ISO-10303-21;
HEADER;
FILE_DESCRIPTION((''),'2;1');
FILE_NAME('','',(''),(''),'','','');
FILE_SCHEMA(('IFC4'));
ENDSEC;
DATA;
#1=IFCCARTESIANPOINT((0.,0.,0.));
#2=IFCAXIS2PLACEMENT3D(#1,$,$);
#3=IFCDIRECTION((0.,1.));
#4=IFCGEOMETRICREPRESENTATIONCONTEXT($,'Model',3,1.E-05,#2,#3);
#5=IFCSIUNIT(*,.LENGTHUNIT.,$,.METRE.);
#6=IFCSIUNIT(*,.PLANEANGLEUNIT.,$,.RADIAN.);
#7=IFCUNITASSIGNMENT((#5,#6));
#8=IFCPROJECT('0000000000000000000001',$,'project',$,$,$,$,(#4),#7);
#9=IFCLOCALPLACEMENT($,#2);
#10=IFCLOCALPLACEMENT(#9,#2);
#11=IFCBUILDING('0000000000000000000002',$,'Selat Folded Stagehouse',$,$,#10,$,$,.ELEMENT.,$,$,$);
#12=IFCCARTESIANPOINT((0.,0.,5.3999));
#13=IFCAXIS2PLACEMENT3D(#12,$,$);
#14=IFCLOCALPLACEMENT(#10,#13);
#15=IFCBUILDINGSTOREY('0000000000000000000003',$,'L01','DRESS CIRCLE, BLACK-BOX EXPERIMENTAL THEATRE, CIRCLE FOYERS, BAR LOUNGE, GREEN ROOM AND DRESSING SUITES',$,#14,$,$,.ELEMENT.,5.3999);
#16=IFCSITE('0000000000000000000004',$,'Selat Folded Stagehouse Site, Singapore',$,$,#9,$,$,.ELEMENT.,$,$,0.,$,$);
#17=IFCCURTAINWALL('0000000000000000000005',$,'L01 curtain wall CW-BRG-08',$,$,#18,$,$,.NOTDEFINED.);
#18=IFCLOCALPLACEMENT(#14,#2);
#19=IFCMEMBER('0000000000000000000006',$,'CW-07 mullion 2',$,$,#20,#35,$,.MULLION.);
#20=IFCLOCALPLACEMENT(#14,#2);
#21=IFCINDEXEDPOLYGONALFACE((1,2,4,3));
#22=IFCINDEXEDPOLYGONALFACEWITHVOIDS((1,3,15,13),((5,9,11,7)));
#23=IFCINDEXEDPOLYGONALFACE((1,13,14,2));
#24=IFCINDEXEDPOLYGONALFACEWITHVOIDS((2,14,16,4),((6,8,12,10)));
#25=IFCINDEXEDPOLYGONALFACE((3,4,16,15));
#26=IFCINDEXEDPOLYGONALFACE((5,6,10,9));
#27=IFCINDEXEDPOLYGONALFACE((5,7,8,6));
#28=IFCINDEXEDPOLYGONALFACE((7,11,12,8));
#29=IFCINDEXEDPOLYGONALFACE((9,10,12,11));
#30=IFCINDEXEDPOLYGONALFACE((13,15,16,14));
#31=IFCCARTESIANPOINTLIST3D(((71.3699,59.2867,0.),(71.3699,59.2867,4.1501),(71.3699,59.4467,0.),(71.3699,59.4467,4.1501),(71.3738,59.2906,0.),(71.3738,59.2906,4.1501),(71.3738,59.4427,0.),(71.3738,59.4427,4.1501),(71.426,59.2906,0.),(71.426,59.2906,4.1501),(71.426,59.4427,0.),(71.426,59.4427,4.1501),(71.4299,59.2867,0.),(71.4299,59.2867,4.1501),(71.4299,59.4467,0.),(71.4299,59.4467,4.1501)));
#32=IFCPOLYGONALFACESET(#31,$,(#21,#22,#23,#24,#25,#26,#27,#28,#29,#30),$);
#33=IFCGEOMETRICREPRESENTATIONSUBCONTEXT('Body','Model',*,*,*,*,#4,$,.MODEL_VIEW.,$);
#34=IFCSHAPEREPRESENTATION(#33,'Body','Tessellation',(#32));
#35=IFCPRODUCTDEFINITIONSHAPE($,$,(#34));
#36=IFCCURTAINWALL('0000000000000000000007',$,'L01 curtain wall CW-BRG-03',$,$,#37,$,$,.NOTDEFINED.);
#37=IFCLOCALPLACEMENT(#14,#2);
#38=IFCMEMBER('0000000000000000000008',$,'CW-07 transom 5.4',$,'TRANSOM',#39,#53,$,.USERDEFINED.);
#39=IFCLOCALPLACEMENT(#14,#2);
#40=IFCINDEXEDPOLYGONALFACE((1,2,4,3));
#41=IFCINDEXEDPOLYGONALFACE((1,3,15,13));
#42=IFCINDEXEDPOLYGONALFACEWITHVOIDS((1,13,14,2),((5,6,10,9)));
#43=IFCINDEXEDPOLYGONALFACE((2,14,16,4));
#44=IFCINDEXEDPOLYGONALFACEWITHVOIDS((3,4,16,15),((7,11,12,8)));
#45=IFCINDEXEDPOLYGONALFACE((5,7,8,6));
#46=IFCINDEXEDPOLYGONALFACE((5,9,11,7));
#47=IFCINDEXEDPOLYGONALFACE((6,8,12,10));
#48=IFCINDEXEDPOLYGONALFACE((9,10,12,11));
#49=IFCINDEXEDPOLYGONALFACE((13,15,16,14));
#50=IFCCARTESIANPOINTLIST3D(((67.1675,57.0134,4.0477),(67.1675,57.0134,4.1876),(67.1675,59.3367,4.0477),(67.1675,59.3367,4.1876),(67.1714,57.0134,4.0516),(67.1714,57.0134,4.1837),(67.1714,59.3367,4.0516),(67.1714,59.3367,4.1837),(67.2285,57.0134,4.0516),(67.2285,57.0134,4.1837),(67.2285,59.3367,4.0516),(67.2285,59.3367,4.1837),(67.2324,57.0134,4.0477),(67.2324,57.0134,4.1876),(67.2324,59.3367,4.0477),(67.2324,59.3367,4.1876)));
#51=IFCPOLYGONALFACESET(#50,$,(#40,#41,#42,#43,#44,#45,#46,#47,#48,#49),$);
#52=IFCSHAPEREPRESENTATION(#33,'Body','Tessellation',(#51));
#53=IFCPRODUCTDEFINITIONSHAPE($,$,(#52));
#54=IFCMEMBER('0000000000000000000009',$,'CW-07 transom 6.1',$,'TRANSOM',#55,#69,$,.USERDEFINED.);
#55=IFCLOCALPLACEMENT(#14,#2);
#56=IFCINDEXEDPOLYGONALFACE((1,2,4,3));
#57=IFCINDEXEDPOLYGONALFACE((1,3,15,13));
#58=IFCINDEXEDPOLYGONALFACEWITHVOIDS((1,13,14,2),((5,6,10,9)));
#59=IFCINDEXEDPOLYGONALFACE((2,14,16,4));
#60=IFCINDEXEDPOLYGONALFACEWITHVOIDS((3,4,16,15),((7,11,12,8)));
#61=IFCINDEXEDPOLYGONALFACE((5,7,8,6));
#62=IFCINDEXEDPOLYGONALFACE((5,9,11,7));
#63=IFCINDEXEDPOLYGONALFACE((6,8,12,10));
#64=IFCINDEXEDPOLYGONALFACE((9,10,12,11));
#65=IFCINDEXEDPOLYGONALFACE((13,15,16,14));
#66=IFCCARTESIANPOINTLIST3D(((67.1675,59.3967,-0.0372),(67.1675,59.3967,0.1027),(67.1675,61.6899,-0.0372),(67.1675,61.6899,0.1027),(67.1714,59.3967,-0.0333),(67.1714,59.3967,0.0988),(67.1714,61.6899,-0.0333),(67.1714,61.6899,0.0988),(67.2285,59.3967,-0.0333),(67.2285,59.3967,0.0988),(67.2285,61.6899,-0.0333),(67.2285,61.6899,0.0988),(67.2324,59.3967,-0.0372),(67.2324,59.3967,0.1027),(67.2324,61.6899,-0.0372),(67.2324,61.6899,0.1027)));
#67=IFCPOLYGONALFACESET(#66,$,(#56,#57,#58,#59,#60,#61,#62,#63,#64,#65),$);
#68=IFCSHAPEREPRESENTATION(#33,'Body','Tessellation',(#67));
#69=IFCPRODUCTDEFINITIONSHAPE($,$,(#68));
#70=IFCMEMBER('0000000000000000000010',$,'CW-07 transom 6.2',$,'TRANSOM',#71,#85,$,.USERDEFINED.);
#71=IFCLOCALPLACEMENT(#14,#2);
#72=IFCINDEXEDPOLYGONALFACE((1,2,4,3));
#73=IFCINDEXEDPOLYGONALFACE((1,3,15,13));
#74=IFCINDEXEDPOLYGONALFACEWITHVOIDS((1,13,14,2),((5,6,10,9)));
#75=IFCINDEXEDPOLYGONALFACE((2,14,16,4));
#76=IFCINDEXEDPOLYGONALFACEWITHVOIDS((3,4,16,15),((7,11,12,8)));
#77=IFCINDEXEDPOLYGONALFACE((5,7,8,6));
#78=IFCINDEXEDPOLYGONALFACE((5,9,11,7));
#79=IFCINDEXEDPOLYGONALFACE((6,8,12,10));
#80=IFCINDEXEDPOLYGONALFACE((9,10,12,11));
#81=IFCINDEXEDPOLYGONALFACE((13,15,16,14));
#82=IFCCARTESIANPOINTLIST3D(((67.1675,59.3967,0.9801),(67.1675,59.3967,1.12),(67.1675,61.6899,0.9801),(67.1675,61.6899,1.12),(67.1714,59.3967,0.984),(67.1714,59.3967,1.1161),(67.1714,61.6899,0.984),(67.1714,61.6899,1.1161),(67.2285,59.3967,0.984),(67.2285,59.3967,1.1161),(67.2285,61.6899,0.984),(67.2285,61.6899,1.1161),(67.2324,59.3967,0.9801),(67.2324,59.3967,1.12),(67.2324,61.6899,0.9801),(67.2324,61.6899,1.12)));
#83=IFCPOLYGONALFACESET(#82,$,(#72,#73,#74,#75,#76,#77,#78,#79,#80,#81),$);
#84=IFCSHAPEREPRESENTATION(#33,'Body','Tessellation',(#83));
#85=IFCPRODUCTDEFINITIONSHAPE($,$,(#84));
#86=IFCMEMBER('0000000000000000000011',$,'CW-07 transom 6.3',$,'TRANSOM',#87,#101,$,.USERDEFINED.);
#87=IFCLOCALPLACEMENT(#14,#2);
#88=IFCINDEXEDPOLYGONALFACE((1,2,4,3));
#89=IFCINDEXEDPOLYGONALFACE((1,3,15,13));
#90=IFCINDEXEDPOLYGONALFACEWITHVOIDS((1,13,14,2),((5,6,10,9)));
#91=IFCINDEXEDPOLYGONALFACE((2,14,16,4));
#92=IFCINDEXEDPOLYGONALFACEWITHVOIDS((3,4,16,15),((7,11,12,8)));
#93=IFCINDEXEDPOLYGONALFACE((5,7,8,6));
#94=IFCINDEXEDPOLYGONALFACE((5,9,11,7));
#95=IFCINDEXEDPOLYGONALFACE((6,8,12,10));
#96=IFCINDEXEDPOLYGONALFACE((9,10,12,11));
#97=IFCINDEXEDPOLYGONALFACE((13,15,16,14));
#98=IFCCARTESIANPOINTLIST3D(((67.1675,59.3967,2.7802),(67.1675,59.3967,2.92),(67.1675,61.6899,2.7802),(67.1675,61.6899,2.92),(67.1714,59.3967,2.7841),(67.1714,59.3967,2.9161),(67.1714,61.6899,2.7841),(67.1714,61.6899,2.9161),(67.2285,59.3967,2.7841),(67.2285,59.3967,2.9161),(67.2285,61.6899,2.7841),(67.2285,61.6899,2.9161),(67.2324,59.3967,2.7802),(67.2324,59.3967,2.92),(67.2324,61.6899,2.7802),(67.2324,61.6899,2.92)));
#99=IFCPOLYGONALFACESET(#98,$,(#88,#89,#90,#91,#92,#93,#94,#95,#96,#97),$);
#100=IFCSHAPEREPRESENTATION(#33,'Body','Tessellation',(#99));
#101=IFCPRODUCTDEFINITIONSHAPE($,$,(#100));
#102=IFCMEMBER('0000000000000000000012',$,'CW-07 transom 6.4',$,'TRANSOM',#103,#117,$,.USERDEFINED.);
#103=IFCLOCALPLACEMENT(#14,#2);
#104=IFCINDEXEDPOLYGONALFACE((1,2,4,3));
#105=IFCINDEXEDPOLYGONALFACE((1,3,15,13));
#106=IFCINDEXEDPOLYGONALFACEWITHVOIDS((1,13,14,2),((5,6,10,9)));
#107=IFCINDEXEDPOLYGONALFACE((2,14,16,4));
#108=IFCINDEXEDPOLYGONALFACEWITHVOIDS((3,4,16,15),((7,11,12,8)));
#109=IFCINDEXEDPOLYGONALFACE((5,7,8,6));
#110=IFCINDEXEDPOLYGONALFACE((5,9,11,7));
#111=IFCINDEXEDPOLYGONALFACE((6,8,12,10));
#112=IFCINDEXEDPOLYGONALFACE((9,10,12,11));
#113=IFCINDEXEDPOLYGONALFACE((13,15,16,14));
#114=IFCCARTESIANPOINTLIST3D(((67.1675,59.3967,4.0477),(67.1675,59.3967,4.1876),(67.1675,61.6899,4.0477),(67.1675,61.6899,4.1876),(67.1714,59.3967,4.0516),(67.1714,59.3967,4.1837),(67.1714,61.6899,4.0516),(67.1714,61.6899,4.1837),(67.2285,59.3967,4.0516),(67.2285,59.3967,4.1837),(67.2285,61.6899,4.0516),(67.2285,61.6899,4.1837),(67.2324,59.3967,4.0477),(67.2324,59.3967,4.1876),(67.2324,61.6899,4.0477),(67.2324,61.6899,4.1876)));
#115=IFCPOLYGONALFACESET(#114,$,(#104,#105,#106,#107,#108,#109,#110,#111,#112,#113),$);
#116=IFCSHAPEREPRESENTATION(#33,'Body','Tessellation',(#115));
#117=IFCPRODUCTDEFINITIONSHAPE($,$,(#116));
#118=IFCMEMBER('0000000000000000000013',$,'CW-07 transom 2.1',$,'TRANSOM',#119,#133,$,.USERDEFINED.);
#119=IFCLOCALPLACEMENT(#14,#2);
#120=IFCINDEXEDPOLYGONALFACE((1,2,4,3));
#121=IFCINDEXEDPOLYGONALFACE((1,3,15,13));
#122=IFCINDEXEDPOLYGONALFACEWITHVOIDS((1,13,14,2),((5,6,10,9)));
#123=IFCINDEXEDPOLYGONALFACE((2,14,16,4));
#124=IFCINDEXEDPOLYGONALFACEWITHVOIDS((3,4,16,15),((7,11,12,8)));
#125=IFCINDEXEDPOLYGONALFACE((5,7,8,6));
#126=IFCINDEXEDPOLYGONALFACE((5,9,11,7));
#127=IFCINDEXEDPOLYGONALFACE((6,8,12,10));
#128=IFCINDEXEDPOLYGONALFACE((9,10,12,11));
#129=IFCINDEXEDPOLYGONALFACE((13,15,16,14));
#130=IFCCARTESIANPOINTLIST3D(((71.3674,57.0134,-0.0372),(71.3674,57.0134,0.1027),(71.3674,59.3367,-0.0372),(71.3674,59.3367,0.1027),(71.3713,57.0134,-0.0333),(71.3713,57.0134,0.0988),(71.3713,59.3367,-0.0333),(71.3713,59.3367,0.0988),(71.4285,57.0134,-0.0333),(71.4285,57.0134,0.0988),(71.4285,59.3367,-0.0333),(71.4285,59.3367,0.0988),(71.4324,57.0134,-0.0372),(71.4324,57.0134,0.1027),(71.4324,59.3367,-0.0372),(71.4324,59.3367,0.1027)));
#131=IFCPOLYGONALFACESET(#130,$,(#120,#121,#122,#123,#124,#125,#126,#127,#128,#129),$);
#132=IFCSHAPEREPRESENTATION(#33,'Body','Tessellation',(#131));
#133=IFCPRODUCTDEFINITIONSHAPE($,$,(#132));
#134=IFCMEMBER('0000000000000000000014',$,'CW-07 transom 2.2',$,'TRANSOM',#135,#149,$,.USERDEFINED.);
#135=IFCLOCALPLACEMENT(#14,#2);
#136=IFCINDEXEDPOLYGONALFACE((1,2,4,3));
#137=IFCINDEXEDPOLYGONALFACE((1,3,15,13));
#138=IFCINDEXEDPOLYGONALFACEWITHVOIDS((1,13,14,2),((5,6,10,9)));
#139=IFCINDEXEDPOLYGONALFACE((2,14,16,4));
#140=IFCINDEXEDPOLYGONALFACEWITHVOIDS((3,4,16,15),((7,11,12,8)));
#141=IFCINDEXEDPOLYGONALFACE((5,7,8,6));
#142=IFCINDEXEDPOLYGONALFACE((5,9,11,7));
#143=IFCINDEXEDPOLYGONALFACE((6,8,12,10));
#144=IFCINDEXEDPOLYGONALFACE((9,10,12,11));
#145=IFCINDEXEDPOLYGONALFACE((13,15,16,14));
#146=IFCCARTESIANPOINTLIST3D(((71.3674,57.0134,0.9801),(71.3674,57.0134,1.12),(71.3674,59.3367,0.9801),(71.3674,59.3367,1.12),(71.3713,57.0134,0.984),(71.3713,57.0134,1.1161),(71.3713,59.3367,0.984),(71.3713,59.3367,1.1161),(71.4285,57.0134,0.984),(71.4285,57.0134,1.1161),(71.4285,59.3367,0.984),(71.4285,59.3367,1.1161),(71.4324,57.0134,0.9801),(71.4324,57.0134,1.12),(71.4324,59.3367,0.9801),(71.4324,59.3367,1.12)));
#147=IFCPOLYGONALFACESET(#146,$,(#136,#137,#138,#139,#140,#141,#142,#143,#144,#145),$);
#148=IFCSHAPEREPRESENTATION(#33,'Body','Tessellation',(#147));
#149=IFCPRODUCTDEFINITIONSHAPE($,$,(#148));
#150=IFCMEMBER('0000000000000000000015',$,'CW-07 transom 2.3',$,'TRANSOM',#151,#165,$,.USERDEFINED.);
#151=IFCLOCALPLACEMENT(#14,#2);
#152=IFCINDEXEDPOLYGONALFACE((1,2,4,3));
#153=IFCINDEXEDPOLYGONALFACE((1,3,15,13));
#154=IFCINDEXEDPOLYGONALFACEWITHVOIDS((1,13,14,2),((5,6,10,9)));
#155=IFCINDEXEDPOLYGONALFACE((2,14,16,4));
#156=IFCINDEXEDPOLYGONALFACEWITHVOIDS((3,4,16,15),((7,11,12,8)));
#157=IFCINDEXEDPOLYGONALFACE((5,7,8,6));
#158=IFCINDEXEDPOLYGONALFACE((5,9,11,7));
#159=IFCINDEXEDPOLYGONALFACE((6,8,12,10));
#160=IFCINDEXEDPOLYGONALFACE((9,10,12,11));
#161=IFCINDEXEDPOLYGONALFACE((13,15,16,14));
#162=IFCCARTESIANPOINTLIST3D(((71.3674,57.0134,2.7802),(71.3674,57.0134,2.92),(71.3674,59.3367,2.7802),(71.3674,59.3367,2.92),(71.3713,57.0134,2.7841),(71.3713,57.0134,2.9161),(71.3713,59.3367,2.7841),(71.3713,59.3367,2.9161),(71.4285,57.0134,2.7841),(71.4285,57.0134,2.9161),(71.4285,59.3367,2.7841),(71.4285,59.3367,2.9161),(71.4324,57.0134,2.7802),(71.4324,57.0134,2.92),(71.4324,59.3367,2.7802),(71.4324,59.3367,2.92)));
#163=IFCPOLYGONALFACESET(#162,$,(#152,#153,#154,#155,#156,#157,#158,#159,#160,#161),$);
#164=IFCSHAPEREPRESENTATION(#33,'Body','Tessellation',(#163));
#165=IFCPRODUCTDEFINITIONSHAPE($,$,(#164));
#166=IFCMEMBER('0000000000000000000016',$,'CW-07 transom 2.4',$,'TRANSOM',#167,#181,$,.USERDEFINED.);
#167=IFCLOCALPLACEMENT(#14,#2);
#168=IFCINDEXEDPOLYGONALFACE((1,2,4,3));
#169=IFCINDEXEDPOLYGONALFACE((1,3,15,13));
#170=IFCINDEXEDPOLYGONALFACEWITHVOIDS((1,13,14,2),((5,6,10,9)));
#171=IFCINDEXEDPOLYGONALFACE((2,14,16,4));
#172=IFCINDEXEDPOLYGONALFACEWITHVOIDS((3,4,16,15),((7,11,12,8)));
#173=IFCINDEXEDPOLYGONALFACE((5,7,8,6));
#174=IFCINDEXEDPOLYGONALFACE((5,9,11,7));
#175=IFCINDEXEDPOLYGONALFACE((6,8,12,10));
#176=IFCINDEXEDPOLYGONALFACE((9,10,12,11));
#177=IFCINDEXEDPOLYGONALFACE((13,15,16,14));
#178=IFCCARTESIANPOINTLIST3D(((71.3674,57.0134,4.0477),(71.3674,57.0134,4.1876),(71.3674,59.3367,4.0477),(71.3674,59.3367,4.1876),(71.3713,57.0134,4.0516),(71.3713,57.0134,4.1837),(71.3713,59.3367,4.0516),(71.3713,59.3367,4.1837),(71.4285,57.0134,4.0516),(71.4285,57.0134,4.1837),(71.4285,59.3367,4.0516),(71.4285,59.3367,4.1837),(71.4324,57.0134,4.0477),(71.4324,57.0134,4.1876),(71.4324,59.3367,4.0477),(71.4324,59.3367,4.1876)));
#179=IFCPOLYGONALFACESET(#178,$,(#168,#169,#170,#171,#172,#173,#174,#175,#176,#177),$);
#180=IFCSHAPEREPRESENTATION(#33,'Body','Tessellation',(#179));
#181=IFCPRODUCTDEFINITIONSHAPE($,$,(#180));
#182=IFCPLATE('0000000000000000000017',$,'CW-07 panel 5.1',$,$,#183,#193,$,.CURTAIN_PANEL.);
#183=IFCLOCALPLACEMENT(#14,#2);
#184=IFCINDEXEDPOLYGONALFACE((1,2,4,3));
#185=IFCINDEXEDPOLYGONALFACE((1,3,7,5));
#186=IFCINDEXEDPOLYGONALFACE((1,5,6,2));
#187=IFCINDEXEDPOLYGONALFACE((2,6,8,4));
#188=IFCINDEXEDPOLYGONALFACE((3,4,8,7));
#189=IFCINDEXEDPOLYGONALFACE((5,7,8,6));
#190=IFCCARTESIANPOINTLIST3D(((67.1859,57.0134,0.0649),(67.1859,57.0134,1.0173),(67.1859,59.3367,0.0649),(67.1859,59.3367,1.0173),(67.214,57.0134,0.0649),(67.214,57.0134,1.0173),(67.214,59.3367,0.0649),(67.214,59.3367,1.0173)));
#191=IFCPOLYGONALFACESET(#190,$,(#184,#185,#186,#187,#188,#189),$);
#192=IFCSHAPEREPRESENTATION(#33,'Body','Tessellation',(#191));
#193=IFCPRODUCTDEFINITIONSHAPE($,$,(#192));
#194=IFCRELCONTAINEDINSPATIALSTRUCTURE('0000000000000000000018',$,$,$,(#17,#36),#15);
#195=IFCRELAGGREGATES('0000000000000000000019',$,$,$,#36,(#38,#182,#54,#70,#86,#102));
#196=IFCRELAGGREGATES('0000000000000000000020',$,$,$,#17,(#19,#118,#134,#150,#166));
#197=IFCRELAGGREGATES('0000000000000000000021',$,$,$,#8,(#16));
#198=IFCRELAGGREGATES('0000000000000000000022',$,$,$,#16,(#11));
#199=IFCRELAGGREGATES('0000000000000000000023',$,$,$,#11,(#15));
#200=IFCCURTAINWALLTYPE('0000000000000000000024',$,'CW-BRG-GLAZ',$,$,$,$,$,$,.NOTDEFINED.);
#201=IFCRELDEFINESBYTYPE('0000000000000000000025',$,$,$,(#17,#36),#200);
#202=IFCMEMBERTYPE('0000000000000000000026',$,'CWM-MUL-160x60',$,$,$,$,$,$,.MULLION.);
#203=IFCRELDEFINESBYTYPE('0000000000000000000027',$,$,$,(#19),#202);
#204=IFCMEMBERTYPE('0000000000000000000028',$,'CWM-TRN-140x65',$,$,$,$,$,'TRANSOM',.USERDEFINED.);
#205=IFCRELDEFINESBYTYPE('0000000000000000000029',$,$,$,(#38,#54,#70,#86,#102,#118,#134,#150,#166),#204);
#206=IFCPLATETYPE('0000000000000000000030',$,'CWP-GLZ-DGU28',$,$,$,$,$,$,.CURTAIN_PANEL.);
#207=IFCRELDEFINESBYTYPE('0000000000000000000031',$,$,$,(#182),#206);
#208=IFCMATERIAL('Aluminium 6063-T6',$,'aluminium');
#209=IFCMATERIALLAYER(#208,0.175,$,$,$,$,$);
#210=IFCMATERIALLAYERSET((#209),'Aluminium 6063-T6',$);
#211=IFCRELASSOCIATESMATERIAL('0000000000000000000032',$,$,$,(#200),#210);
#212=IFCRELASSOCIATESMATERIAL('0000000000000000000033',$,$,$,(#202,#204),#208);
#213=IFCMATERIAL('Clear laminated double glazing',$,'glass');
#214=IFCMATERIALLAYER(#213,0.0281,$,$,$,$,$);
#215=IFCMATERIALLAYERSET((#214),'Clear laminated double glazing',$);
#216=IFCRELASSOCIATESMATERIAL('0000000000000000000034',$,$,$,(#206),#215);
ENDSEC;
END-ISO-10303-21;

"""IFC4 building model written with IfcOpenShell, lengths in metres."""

from ifc_helpers import new_model, si_unit, direction, frame, origin, origin_2d, place, context, subcontext, project, spatial, rectangle, hollow_rectangle, extrude, material, layer, layer_set, material_profile, profile_set, type_object, element, aggregate, save


model = new_model("IFC4")

# Units and contexts
model_context = context("Model", 3, precision=1e-05, world=origin(), true_north=direction((0.0, 1.0)))
body_context = subcontext(model_context, "Body", "Model", "MODEL_VIEW")
ifc_project = project(units=[si_unit("LENGTHUNIT", "METRE"), si_unit("PLANEANGLEUNIT", "RADIAN")], contexts=[model_context])

# Site, building, storey
site_placement = place(None, origin())
site = spatial("IfcSite", under=ifc_project, at=site_placement, Name="Selat Folded Stagehouse Site, Singapore", CompositionType="ELEMENT", RefElevation=0.0)
building_placement = place(site_placement, origin())
building = spatial("IfcBuilding", under=site, at=building_placement, Name="Selat Folded Stagehouse", CompositionType="ELEMENT")
storey_placement = place(building_placement, frame((0.0, 0.0, 5.3999)))
storey = spatial("IfcBuildingStorey", under=building, at=storey_placement, Name="L01", Description="DRESS CIRCLE, BLACK-BOX EXPERIMENTAL THEATRE, CIRCLE FOYERS, BAR LOUNGE, GREEN ROOM AND DRESSING SUITES", CompositionType="ELEMENT", Elevation=5.3999)

# Curtain wall, member
ifc_material_1 = material(Name="Aluminium 6063-T6", Category="aluminium")
ifc_layer_1 = layer(ifc_material_1, 0.175)
ifc_layer_set_1 = layer_set([ifc_layer_1], Name="Aluminium 6063-T6")
curtain_wall_type = type_object("IfcCurtainWallType", Name="CW-BRG-GLAZ", PredefinedType="NOTDEFINED", material=ifc_layer_set_1)
curtain_wall_1_placement = place(storey_placement, origin())
curtain_wall_1 = element("IfcCurtainWall", 1, at=curtain_wall_1_placement, inside=storey, type_object=curtain_wall_type, Name="L01 curtain wall CW-BRG-08", PredefinedType="NOTDEFINED")
ifc_material_profile_1 = material_profile(ifc_material_1, hollow_rectangle(XDim=0.0601, YDim=0.1599, WallThickness=0.0039, at=origin_2d()), Name="ALU 160x60x4.0")
ifc_profile_set_1 = profile_set([ifc_material_profile_1], Name="Aluminium 6063-T6")
member_type_1 = type_object("IfcMemberType", Name="CWM-MUL-160x60", PredefinedType="MULLION", material=ifc_profile_set_1)
member_1_placement = place(storey_placement, frame((71.3999, 59.3667, 0.0), z_axis=(0.0, 0.0, 1.0), x_axis=(1.0, 0.0, 0.0)))
member_1 = element("IfcMember", 2, at=member_1_placement, type_object=member_type_1, Name="CW-07 mullion 2", PredefinedType="MULLION", context=body_context, shape_type="SweptSolid", body=[
    extrude(hollow_rectangle(XDim=0.0601, YDim=0.1599, WallThickness=0.0039, at=origin_2d()), origin(), (0.0, 0.0, 1.0), 4.1501),
])

# Curtain wall, members
curtain_wall_2_placement = place(storey_placement, origin())
curtain_wall_2 = element("IfcCurtainWall", 3, at=curtain_wall_2_placement, inside=storey, type_object=curtain_wall_type, Name="L01 curtain wall CW-BRG-03", PredefinedType="NOTDEFINED")
ifc_material_profile_2 = material_profile(ifc_material_1, hollow_rectangle(XDim=0.0649, YDim=0.1399, WallThickness=0.0039, at=origin_2d()), Name="ALU 140x65x4.0")
ifc_profile_set_2 = profile_set([ifc_material_profile_2], Name="Aluminium 6063-T6")
member_type_2 = type_object("IfcMemberType", Name="CWM-TRN-140x65", ElementType="TRANSOM", PredefinedType="USERDEFINED", material=ifc_profile_set_2)
member_2_placement = place(storey_placement, frame((67.2, 57.0134, 4.1177), z_axis=(0.0, 1.0, 0.0), x_axis=(-1.0, 0.0, 0.0)))
member_2 = element("IfcMember", 4, at=member_2_placement, type_object=member_type_2, Name="CW-07 transom 5.4", ObjectType="TRANSOM", PredefinedType="USERDEFINED", context=body_context, shape_type="SweptSolid", body=[
    extrude(hollow_rectangle(XDim=0.0649, YDim=0.1399, WallThickness=0.0039, at=origin_2d()), origin(), (0.0, 0.0, 1.0), 2.3232),
])
member_3_placement = place(storey_placement, frame((67.2, 59.3967, 0.0327), z_axis=(0.0, 1.0, 0.0), x_axis=(-1.0, 0.0, 0.0)))
member_3 = element("IfcMember", 5, at=member_3_placement, type_object=member_type_2, Name="CW-07 transom 6.1", ObjectType="TRANSOM", PredefinedType="USERDEFINED", context=body_context, shape_type="SweptSolid", body=[
    extrude(hollow_rectangle(XDim=0.0649, YDim=0.1399, WallThickness=0.0039, at=origin_2d()), origin(), (0.0, 0.0, 1.0), 2.2932),
])
member_4_placement = place(storey_placement, frame((67.2, 59.3967, 1.05), z_axis=(0.0, 1.0, 0.0), x_axis=(-1.0, 0.0, 0.0)))
member_4 = element("IfcMember", 6, at=member_4_placement, type_object=member_type_2, Name="CW-07 transom 6.2", ObjectType="TRANSOM", PredefinedType="USERDEFINED", context=body_context, shape_type="SweptSolid", body=[
    extrude(hollow_rectangle(XDim=0.0649, YDim=0.1399, WallThickness=0.0039, at=origin_2d()), origin(), (0.0, 0.0, 1.0), 2.2932),
])
member_5_placement = place(storey_placement, frame((67.2, 59.3967, 2.8501), z_axis=(0.0, 1.0, 0.0), x_axis=(-1.0, 0.0, 0.0)))
member_5 = element("IfcMember", 7, at=member_5_placement, type_object=member_type_2, Name="CW-07 transom 6.3", ObjectType="TRANSOM", PredefinedType="USERDEFINED", context=body_context, shape_type="SweptSolid", body=[
    extrude(hollow_rectangle(XDim=0.0649, YDim=0.1399, WallThickness=0.0039, at=origin_2d()), origin(), (0.0, 0.0, 1.0), 2.2932),
])
member_6_placement = place(storey_placement, frame((67.2, 59.3967, 4.1177), z_axis=(0.0, 1.0, 0.0), x_axis=(-1.0, 0.0, 0.0)))
member_6 = element("IfcMember", 8, at=member_6_placement, type_object=member_type_2, Name="CW-07 transom 6.4", ObjectType="TRANSOM", PredefinedType="USERDEFINED", context=body_context, shape_type="SweptSolid", body=[
    extrude(hollow_rectangle(XDim=0.0649, YDim=0.1399, WallThickness=0.0039, at=origin_2d()), origin(), (0.0, 0.0, 1.0), 2.2932),
])

# Members
member_7_placement = place(storey_placement, frame((71.3999, 59.3367, 0.0327), z_axis=(0.0, -1.0, 0.0), x_axis=(1.0, 0.0, 0.0)))
member_7 = element("IfcMember", 9, at=member_7_placement, type_object=member_type_2, Name="CW-07 transom 2.1", ObjectType="TRANSOM", PredefinedType="USERDEFINED", context=body_context, shape_type="SweptSolid", body=[
    extrude(hollow_rectangle(XDim=0.0649, YDim=0.1399, WallThickness=0.0039, at=origin_2d()), origin(), (0.0, 0.0, 1.0), 2.3232),
])
member_8_placement = place(storey_placement, frame((71.3999, 59.3367, 1.05), z_axis=(0.0, -1.0, 0.0), x_axis=(1.0, 0.0, 0.0)))
member_8 = element("IfcMember", 10, at=member_8_placement, type_object=member_type_2, Name="CW-07 transom 2.2", ObjectType="TRANSOM", PredefinedType="USERDEFINED", context=body_context, shape_type="SweptSolid", body=[
    extrude(hollow_rectangle(XDim=0.0649, YDim=0.1399, WallThickness=0.0039, at=origin_2d()), origin(), (0.0, 0.0, 1.0), 2.3232),
])
member_9_placement = place(storey_placement, frame((71.3999, 59.3367, 2.8501), z_axis=(0.0, -1.0, 0.0), x_axis=(1.0, 0.0, 0.0)))
member_9 = element("IfcMember", 11, at=member_9_placement, type_object=member_type_2, Name="CW-07 transom 2.3", ObjectType="TRANSOM", PredefinedType="USERDEFINED", context=body_context, shape_type="SweptSolid", body=[
    extrude(hollow_rectangle(XDim=0.0649, YDim=0.1399, WallThickness=0.0039, at=origin_2d()), origin(), (0.0, 0.0, 1.0), 2.3232),
])
member_10_placement = place(storey_placement, frame((71.3999, 59.3367, 4.1177), z_axis=(0.0, -1.0, 0.0), x_axis=(1.0, 0.0, 0.0)))
member_10 = element("IfcMember", 12, at=member_10_placement, type_object=member_type_2, Name="CW-07 transom 2.4", ObjectType="TRANSOM", PredefinedType="USERDEFINED", context=body_context, shape_type="SweptSolid", body=[
    extrude(hollow_rectangle(XDim=0.0649, YDim=0.1399, WallThickness=0.0039, at=origin_2d()), origin(), (0.0, 0.0, 1.0), 2.3232),
])

# Plate
ifc_material_2 = material(Name="Clear laminated double glazing", Category="glass")
ifc_layer_2 = layer(ifc_material_2, 0.0281)
ifc_layer_set_2 = layer_set([ifc_layer_2], Name="Clear laminated double glazing")
plate_type_1 = type_object("IfcPlateType", Name="CWP-GLZ-DGU28", PredefinedType="CURTAIN_PANEL", material=ifc_layer_set_2)
plate_1_placement = place(storey_placement, frame((67.2, 58.175, 0.0649), z_axis=(0.0, 0.0, 1.0), x_axis=(0.0, 1.0, 0.0)))
plate_1 = element("IfcPlate", 13, at=plate_1_placement, type_object=plate_type_1, Name="CW-07 panel 5.1", PredefinedType="CURTAIN_PANEL", context=body_context, shape_type="SweptSolid", body=[
    extrude(rectangle(XDim=2.3232, YDim=0.0281, at=origin_2d()), origin(), (0.0, 0.0, 1.0), 0.9524),
])
aggregate(curtain_wall_2, [member_2, plate_1, member_3, member_4, member_5, member_6])
aggregate(curtain_wall_1, [member_1, member_7, member_8, member_9, member_10])

save(model, "model.ifc")
